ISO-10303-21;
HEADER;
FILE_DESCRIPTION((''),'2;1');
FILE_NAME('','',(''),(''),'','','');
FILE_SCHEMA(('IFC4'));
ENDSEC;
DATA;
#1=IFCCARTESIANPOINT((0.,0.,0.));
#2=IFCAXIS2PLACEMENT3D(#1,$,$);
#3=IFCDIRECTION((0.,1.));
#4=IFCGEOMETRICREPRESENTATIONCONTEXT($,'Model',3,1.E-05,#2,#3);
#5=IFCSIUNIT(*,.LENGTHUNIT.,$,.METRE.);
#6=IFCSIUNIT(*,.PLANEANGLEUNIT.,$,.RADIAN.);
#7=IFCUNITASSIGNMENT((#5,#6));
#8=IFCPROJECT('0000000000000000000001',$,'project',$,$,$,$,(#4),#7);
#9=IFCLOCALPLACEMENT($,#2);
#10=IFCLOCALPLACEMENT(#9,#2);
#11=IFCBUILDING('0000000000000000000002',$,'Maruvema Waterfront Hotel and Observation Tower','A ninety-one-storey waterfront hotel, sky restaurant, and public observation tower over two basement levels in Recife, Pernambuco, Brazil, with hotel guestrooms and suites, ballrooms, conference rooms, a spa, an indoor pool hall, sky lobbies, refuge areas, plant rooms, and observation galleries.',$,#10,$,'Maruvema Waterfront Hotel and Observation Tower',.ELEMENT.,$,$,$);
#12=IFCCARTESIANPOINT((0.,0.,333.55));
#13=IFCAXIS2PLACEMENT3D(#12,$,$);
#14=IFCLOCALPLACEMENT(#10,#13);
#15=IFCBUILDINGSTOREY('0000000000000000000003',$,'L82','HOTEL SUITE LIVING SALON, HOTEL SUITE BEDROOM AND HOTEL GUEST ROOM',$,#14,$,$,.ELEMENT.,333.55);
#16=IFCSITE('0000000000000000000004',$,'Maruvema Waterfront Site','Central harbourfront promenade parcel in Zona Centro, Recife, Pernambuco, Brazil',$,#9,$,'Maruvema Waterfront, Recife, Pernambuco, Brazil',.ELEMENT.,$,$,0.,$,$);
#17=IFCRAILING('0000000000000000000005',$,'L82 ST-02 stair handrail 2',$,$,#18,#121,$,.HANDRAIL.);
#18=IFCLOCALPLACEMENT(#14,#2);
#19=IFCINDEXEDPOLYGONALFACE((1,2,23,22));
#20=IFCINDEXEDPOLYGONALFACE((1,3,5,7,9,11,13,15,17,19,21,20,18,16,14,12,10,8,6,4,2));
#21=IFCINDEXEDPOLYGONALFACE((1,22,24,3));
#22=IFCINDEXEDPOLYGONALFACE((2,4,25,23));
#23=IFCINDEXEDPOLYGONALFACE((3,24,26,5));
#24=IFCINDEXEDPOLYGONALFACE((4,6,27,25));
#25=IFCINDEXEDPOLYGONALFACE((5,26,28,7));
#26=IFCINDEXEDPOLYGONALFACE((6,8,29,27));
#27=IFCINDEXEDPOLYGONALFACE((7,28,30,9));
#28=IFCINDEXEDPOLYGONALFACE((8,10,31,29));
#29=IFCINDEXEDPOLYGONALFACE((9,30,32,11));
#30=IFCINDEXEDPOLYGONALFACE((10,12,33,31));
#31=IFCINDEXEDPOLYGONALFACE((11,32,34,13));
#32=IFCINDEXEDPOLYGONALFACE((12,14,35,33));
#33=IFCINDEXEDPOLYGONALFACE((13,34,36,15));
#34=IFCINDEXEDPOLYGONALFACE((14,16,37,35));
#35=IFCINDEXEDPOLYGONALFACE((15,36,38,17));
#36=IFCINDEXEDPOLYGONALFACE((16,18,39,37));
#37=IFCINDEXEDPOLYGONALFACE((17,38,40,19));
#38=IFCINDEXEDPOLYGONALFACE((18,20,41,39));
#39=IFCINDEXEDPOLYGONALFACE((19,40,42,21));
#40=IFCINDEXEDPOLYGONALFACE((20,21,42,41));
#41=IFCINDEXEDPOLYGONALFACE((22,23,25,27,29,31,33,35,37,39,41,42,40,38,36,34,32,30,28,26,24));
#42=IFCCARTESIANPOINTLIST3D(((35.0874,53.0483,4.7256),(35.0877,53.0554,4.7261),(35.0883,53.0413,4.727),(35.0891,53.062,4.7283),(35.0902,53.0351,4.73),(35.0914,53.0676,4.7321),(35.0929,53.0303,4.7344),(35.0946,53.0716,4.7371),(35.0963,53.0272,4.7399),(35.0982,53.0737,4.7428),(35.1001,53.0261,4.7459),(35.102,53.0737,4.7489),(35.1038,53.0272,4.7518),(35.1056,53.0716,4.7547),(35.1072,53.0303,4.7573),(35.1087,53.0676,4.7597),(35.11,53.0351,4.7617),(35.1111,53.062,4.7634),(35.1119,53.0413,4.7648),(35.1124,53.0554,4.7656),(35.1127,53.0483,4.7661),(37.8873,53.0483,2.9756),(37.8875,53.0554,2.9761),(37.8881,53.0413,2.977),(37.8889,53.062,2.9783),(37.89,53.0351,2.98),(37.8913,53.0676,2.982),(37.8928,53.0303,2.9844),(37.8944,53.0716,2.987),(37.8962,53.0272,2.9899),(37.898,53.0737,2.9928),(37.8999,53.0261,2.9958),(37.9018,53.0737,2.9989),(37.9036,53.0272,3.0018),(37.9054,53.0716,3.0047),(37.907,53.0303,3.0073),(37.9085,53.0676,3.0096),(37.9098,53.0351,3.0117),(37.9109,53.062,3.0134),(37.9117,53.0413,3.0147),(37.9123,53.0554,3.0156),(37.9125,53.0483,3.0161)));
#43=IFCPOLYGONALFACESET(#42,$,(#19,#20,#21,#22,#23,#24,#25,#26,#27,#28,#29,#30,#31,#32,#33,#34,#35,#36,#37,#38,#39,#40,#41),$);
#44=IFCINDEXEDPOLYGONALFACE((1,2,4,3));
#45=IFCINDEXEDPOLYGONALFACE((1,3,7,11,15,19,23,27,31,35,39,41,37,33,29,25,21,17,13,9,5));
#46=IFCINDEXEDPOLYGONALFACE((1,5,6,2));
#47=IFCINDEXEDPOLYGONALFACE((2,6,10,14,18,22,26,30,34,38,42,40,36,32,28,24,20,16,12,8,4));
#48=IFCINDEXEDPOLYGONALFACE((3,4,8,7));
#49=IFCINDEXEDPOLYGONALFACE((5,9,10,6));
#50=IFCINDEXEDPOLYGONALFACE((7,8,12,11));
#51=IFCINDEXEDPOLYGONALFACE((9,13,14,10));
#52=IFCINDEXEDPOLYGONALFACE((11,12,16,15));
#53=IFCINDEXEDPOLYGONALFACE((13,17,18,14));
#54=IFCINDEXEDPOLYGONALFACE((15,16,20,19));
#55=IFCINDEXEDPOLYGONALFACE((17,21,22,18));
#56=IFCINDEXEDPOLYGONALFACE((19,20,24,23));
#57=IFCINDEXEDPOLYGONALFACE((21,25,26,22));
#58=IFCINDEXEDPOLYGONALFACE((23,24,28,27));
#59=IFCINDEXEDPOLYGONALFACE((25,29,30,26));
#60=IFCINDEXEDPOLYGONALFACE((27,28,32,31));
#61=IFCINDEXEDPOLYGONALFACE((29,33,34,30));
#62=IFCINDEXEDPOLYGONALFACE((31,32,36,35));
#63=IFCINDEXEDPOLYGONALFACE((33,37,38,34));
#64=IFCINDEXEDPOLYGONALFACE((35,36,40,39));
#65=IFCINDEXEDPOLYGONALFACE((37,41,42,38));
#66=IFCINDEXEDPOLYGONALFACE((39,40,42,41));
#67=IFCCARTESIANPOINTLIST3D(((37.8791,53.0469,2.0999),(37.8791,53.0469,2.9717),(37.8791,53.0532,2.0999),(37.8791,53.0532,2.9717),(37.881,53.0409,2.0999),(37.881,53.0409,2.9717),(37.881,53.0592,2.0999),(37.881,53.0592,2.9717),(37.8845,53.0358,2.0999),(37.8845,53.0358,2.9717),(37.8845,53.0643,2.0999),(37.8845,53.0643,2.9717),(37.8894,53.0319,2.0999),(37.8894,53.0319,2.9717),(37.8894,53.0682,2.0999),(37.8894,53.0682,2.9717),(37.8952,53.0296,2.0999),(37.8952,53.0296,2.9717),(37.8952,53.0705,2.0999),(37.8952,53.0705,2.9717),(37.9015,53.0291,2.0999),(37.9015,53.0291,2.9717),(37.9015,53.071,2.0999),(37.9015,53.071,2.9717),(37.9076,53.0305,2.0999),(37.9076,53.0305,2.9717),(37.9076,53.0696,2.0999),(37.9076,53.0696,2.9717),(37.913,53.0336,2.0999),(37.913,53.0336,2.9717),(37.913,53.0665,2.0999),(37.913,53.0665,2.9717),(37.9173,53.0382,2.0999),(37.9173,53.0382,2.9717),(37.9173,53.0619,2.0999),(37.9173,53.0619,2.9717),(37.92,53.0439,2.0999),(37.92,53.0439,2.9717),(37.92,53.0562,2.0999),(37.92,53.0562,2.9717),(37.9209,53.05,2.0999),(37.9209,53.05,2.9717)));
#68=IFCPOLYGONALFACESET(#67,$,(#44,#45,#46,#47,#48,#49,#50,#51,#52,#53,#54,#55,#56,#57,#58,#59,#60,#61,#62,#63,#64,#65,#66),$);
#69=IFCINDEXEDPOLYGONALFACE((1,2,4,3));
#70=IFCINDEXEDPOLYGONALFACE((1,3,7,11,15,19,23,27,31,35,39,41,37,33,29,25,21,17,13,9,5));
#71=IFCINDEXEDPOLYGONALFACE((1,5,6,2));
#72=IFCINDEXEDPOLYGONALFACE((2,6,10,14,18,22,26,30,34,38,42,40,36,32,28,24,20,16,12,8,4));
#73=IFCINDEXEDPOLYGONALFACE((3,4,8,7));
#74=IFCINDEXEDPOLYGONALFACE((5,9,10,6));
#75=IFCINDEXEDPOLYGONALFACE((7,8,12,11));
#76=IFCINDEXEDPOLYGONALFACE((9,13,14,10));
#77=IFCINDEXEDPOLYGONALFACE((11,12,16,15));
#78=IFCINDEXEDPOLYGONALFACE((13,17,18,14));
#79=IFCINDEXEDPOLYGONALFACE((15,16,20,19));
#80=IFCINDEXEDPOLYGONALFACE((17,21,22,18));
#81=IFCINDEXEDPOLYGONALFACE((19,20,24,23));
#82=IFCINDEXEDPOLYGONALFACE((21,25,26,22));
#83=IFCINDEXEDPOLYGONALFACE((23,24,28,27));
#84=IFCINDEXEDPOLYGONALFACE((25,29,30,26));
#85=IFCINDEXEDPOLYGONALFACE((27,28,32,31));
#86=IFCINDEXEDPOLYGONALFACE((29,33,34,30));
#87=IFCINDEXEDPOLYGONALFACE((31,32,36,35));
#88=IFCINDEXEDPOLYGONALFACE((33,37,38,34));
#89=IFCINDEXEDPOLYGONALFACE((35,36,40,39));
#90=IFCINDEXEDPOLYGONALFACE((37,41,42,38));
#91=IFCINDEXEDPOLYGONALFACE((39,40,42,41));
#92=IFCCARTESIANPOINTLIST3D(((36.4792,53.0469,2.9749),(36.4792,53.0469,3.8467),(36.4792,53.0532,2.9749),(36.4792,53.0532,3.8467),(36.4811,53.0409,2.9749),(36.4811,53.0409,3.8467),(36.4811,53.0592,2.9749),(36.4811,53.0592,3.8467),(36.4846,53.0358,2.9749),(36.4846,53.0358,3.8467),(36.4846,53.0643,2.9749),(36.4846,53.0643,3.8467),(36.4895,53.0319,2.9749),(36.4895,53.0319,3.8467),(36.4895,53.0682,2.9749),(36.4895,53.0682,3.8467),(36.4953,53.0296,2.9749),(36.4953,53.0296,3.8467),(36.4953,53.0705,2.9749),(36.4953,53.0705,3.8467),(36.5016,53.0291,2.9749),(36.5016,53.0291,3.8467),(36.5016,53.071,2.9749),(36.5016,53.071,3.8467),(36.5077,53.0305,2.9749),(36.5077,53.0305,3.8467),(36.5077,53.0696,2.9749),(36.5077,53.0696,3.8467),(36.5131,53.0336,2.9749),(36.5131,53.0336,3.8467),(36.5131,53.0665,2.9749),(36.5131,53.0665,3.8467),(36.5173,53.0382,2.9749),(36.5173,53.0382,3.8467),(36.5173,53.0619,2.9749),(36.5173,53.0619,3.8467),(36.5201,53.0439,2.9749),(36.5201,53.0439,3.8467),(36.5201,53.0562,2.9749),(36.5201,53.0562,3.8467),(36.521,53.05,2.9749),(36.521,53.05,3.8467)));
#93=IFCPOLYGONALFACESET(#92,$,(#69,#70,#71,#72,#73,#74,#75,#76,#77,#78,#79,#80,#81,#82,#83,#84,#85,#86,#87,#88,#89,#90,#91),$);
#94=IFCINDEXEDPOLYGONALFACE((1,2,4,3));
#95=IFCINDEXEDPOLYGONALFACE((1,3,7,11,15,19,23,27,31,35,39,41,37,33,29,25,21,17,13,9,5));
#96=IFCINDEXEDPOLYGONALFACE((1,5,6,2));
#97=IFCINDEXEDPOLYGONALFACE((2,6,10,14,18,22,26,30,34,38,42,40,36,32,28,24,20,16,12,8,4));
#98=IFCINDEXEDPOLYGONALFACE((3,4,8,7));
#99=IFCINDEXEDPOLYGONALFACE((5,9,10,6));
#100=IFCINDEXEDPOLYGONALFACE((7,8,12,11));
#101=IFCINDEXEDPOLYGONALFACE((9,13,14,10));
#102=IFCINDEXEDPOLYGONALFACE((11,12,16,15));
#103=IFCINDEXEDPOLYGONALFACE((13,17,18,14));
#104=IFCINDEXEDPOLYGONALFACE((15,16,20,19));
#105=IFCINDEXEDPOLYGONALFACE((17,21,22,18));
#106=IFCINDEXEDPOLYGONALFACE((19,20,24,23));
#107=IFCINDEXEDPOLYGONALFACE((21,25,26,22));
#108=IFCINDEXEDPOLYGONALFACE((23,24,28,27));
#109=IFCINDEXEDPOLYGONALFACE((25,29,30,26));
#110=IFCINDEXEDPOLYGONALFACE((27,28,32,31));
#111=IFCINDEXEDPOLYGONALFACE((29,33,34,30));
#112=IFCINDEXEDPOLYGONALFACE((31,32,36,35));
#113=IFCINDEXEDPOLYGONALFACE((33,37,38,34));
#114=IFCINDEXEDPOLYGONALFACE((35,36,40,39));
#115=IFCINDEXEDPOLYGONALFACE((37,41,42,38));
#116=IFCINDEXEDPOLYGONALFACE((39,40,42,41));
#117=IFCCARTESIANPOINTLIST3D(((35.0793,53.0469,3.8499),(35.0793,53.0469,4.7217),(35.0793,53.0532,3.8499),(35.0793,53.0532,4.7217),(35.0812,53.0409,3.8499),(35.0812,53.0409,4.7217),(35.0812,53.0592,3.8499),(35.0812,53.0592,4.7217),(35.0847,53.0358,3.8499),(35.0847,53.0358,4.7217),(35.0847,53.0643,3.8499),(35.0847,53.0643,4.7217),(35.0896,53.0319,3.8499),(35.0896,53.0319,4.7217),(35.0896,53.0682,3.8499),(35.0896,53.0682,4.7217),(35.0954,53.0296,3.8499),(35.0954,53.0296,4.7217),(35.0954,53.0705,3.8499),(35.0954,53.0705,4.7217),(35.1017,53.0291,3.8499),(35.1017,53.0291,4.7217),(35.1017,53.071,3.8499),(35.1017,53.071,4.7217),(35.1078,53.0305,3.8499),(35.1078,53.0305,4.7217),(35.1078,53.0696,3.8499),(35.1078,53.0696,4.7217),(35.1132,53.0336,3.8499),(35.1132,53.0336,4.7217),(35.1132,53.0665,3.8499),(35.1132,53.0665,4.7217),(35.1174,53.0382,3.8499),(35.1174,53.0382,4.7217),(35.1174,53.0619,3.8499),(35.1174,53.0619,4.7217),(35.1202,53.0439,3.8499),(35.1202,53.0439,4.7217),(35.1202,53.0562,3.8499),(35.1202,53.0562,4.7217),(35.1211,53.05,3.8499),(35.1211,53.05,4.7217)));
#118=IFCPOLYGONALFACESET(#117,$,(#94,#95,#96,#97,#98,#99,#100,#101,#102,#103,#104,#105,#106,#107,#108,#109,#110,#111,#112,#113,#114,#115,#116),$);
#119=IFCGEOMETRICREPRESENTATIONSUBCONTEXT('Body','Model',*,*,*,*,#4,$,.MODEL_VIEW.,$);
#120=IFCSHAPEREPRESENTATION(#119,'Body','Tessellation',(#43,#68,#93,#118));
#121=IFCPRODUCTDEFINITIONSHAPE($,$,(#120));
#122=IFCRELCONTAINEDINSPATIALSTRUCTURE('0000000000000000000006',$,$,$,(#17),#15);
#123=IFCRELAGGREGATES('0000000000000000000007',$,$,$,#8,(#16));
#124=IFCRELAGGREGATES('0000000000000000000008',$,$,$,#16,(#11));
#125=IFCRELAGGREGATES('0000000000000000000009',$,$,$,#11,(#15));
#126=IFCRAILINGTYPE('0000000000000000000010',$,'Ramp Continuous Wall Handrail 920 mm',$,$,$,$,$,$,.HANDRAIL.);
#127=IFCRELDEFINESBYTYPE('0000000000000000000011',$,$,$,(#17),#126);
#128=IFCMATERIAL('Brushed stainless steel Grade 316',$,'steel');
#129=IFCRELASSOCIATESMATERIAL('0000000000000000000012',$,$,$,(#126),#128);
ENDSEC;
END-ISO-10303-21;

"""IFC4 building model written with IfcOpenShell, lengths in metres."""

from ifc_helpers import new_model, si_unit, direction, frame, origin, origin_2d, place, context, subcontext, project, spatial, circle, extrude, material, type_object, element, save


model = new_model("IFC4")

# Units and contexts
model_context = context("Model", 3, precision=1e-05, world=origin(), true_north=direction((0.0, 1.0)))
body_context = subcontext(model_context, "Body", "Model", "MODEL_VIEW")
ifc_project = project(units=[si_unit("LENGTHUNIT", "METRE"), si_unit("PLANEANGLEUNIT", "RADIAN")], contexts=[model_context])

# Site, building, storey
site_placement = place(None, origin())
site = spatial("IfcSite", under=ifc_project, at=site_placement, Name="Maruvema Waterfront Site", Description="Central harbourfront promenade parcel in Zona Centro, Recife, Pernambuco, Brazil", LongName="Maruvema Waterfront, Recife, Pernambuco, Brazil", CompositionType="ELEMENT", RefElevation=0.0)
building_placement = place(site_placement, origin())
building = spatial("IfcBuilding", under=site, at=building_placement, Name="Maruvema Waterfront Hotel and Observation Tower", Description="A ninety-one-storey waterfront hotel, sky restaurant, and public observation tower over two basement levels in Recife, Pernambuco, Brazil, with hotel guestrooms and suites, ballrooms, conference rooms, a spa, an indoor pool hall, sky lobbies, refuge areas, plant rooms, and observation galleries.", LongName="Maruvema Waterfront Hotel and Observation Tower", CompositionType="ELEMENT")
storey_placement = place(building_placement, frame((0.0, 0.0, 333.55)))
storey = spatial("IfcBuildingStorey", under=building, at=storey_placement, Name="L82", Description="HOTEL SUITE LIVING SALON, HOTEL SUITE BEDROOM AND HOTEL GUEST ROOM", CompositionType="ELEMENT", Elevation=333.55)

# Railing
ifc_material_1 = material(Name="Brushed stainless steel Grade 316", Category="steel")
railing_type_1 = type_object("IfcRailingType", Name="Ramp Continuous Wall Handrail 920 mm", PredefinedType="HANDRAIL", material=ifc_material_1)
railing_1_placement = place(storey_placement, frame((37.8999, 53.05, 2.0999)))
element("IfcRailing", 1, at=railing_1_placement, inside=storey, type_object=railing_type_1, Name="L82 ST-02 stair handrail 2", PredefinedType="HANDRAIL", context=body_context, shape_type="SweptSolid", body=[
    extrude(circle(Radius=0.0239, at=origin_2d()), frame((0.0, 0.0, 0.896), z_axis=(-0.847982, 0.0, 0.530026), x_axis=(0.0, -1.0, 0.0)), (0.0, 0.0, 1.0), 3.3018),
    extrude(circle(Radius=0.021, at=origin_2d()), origin(), (0.0, 0.0, 1.0), 0.8718),
    extrude(circle(Radius=0.021, at=origin_2d()), frame((-1.3999, 0.0, 0.875)), (0.0, 0.0, 1.0), 0.8718),
    extrude(circle(Radius=0.021, at=origin_2d()), frame((-2.7998, 0.0, 1.75)), (0.0, 0.0, 1.0), 0.8718),
])

save(model, "model.ifc")
